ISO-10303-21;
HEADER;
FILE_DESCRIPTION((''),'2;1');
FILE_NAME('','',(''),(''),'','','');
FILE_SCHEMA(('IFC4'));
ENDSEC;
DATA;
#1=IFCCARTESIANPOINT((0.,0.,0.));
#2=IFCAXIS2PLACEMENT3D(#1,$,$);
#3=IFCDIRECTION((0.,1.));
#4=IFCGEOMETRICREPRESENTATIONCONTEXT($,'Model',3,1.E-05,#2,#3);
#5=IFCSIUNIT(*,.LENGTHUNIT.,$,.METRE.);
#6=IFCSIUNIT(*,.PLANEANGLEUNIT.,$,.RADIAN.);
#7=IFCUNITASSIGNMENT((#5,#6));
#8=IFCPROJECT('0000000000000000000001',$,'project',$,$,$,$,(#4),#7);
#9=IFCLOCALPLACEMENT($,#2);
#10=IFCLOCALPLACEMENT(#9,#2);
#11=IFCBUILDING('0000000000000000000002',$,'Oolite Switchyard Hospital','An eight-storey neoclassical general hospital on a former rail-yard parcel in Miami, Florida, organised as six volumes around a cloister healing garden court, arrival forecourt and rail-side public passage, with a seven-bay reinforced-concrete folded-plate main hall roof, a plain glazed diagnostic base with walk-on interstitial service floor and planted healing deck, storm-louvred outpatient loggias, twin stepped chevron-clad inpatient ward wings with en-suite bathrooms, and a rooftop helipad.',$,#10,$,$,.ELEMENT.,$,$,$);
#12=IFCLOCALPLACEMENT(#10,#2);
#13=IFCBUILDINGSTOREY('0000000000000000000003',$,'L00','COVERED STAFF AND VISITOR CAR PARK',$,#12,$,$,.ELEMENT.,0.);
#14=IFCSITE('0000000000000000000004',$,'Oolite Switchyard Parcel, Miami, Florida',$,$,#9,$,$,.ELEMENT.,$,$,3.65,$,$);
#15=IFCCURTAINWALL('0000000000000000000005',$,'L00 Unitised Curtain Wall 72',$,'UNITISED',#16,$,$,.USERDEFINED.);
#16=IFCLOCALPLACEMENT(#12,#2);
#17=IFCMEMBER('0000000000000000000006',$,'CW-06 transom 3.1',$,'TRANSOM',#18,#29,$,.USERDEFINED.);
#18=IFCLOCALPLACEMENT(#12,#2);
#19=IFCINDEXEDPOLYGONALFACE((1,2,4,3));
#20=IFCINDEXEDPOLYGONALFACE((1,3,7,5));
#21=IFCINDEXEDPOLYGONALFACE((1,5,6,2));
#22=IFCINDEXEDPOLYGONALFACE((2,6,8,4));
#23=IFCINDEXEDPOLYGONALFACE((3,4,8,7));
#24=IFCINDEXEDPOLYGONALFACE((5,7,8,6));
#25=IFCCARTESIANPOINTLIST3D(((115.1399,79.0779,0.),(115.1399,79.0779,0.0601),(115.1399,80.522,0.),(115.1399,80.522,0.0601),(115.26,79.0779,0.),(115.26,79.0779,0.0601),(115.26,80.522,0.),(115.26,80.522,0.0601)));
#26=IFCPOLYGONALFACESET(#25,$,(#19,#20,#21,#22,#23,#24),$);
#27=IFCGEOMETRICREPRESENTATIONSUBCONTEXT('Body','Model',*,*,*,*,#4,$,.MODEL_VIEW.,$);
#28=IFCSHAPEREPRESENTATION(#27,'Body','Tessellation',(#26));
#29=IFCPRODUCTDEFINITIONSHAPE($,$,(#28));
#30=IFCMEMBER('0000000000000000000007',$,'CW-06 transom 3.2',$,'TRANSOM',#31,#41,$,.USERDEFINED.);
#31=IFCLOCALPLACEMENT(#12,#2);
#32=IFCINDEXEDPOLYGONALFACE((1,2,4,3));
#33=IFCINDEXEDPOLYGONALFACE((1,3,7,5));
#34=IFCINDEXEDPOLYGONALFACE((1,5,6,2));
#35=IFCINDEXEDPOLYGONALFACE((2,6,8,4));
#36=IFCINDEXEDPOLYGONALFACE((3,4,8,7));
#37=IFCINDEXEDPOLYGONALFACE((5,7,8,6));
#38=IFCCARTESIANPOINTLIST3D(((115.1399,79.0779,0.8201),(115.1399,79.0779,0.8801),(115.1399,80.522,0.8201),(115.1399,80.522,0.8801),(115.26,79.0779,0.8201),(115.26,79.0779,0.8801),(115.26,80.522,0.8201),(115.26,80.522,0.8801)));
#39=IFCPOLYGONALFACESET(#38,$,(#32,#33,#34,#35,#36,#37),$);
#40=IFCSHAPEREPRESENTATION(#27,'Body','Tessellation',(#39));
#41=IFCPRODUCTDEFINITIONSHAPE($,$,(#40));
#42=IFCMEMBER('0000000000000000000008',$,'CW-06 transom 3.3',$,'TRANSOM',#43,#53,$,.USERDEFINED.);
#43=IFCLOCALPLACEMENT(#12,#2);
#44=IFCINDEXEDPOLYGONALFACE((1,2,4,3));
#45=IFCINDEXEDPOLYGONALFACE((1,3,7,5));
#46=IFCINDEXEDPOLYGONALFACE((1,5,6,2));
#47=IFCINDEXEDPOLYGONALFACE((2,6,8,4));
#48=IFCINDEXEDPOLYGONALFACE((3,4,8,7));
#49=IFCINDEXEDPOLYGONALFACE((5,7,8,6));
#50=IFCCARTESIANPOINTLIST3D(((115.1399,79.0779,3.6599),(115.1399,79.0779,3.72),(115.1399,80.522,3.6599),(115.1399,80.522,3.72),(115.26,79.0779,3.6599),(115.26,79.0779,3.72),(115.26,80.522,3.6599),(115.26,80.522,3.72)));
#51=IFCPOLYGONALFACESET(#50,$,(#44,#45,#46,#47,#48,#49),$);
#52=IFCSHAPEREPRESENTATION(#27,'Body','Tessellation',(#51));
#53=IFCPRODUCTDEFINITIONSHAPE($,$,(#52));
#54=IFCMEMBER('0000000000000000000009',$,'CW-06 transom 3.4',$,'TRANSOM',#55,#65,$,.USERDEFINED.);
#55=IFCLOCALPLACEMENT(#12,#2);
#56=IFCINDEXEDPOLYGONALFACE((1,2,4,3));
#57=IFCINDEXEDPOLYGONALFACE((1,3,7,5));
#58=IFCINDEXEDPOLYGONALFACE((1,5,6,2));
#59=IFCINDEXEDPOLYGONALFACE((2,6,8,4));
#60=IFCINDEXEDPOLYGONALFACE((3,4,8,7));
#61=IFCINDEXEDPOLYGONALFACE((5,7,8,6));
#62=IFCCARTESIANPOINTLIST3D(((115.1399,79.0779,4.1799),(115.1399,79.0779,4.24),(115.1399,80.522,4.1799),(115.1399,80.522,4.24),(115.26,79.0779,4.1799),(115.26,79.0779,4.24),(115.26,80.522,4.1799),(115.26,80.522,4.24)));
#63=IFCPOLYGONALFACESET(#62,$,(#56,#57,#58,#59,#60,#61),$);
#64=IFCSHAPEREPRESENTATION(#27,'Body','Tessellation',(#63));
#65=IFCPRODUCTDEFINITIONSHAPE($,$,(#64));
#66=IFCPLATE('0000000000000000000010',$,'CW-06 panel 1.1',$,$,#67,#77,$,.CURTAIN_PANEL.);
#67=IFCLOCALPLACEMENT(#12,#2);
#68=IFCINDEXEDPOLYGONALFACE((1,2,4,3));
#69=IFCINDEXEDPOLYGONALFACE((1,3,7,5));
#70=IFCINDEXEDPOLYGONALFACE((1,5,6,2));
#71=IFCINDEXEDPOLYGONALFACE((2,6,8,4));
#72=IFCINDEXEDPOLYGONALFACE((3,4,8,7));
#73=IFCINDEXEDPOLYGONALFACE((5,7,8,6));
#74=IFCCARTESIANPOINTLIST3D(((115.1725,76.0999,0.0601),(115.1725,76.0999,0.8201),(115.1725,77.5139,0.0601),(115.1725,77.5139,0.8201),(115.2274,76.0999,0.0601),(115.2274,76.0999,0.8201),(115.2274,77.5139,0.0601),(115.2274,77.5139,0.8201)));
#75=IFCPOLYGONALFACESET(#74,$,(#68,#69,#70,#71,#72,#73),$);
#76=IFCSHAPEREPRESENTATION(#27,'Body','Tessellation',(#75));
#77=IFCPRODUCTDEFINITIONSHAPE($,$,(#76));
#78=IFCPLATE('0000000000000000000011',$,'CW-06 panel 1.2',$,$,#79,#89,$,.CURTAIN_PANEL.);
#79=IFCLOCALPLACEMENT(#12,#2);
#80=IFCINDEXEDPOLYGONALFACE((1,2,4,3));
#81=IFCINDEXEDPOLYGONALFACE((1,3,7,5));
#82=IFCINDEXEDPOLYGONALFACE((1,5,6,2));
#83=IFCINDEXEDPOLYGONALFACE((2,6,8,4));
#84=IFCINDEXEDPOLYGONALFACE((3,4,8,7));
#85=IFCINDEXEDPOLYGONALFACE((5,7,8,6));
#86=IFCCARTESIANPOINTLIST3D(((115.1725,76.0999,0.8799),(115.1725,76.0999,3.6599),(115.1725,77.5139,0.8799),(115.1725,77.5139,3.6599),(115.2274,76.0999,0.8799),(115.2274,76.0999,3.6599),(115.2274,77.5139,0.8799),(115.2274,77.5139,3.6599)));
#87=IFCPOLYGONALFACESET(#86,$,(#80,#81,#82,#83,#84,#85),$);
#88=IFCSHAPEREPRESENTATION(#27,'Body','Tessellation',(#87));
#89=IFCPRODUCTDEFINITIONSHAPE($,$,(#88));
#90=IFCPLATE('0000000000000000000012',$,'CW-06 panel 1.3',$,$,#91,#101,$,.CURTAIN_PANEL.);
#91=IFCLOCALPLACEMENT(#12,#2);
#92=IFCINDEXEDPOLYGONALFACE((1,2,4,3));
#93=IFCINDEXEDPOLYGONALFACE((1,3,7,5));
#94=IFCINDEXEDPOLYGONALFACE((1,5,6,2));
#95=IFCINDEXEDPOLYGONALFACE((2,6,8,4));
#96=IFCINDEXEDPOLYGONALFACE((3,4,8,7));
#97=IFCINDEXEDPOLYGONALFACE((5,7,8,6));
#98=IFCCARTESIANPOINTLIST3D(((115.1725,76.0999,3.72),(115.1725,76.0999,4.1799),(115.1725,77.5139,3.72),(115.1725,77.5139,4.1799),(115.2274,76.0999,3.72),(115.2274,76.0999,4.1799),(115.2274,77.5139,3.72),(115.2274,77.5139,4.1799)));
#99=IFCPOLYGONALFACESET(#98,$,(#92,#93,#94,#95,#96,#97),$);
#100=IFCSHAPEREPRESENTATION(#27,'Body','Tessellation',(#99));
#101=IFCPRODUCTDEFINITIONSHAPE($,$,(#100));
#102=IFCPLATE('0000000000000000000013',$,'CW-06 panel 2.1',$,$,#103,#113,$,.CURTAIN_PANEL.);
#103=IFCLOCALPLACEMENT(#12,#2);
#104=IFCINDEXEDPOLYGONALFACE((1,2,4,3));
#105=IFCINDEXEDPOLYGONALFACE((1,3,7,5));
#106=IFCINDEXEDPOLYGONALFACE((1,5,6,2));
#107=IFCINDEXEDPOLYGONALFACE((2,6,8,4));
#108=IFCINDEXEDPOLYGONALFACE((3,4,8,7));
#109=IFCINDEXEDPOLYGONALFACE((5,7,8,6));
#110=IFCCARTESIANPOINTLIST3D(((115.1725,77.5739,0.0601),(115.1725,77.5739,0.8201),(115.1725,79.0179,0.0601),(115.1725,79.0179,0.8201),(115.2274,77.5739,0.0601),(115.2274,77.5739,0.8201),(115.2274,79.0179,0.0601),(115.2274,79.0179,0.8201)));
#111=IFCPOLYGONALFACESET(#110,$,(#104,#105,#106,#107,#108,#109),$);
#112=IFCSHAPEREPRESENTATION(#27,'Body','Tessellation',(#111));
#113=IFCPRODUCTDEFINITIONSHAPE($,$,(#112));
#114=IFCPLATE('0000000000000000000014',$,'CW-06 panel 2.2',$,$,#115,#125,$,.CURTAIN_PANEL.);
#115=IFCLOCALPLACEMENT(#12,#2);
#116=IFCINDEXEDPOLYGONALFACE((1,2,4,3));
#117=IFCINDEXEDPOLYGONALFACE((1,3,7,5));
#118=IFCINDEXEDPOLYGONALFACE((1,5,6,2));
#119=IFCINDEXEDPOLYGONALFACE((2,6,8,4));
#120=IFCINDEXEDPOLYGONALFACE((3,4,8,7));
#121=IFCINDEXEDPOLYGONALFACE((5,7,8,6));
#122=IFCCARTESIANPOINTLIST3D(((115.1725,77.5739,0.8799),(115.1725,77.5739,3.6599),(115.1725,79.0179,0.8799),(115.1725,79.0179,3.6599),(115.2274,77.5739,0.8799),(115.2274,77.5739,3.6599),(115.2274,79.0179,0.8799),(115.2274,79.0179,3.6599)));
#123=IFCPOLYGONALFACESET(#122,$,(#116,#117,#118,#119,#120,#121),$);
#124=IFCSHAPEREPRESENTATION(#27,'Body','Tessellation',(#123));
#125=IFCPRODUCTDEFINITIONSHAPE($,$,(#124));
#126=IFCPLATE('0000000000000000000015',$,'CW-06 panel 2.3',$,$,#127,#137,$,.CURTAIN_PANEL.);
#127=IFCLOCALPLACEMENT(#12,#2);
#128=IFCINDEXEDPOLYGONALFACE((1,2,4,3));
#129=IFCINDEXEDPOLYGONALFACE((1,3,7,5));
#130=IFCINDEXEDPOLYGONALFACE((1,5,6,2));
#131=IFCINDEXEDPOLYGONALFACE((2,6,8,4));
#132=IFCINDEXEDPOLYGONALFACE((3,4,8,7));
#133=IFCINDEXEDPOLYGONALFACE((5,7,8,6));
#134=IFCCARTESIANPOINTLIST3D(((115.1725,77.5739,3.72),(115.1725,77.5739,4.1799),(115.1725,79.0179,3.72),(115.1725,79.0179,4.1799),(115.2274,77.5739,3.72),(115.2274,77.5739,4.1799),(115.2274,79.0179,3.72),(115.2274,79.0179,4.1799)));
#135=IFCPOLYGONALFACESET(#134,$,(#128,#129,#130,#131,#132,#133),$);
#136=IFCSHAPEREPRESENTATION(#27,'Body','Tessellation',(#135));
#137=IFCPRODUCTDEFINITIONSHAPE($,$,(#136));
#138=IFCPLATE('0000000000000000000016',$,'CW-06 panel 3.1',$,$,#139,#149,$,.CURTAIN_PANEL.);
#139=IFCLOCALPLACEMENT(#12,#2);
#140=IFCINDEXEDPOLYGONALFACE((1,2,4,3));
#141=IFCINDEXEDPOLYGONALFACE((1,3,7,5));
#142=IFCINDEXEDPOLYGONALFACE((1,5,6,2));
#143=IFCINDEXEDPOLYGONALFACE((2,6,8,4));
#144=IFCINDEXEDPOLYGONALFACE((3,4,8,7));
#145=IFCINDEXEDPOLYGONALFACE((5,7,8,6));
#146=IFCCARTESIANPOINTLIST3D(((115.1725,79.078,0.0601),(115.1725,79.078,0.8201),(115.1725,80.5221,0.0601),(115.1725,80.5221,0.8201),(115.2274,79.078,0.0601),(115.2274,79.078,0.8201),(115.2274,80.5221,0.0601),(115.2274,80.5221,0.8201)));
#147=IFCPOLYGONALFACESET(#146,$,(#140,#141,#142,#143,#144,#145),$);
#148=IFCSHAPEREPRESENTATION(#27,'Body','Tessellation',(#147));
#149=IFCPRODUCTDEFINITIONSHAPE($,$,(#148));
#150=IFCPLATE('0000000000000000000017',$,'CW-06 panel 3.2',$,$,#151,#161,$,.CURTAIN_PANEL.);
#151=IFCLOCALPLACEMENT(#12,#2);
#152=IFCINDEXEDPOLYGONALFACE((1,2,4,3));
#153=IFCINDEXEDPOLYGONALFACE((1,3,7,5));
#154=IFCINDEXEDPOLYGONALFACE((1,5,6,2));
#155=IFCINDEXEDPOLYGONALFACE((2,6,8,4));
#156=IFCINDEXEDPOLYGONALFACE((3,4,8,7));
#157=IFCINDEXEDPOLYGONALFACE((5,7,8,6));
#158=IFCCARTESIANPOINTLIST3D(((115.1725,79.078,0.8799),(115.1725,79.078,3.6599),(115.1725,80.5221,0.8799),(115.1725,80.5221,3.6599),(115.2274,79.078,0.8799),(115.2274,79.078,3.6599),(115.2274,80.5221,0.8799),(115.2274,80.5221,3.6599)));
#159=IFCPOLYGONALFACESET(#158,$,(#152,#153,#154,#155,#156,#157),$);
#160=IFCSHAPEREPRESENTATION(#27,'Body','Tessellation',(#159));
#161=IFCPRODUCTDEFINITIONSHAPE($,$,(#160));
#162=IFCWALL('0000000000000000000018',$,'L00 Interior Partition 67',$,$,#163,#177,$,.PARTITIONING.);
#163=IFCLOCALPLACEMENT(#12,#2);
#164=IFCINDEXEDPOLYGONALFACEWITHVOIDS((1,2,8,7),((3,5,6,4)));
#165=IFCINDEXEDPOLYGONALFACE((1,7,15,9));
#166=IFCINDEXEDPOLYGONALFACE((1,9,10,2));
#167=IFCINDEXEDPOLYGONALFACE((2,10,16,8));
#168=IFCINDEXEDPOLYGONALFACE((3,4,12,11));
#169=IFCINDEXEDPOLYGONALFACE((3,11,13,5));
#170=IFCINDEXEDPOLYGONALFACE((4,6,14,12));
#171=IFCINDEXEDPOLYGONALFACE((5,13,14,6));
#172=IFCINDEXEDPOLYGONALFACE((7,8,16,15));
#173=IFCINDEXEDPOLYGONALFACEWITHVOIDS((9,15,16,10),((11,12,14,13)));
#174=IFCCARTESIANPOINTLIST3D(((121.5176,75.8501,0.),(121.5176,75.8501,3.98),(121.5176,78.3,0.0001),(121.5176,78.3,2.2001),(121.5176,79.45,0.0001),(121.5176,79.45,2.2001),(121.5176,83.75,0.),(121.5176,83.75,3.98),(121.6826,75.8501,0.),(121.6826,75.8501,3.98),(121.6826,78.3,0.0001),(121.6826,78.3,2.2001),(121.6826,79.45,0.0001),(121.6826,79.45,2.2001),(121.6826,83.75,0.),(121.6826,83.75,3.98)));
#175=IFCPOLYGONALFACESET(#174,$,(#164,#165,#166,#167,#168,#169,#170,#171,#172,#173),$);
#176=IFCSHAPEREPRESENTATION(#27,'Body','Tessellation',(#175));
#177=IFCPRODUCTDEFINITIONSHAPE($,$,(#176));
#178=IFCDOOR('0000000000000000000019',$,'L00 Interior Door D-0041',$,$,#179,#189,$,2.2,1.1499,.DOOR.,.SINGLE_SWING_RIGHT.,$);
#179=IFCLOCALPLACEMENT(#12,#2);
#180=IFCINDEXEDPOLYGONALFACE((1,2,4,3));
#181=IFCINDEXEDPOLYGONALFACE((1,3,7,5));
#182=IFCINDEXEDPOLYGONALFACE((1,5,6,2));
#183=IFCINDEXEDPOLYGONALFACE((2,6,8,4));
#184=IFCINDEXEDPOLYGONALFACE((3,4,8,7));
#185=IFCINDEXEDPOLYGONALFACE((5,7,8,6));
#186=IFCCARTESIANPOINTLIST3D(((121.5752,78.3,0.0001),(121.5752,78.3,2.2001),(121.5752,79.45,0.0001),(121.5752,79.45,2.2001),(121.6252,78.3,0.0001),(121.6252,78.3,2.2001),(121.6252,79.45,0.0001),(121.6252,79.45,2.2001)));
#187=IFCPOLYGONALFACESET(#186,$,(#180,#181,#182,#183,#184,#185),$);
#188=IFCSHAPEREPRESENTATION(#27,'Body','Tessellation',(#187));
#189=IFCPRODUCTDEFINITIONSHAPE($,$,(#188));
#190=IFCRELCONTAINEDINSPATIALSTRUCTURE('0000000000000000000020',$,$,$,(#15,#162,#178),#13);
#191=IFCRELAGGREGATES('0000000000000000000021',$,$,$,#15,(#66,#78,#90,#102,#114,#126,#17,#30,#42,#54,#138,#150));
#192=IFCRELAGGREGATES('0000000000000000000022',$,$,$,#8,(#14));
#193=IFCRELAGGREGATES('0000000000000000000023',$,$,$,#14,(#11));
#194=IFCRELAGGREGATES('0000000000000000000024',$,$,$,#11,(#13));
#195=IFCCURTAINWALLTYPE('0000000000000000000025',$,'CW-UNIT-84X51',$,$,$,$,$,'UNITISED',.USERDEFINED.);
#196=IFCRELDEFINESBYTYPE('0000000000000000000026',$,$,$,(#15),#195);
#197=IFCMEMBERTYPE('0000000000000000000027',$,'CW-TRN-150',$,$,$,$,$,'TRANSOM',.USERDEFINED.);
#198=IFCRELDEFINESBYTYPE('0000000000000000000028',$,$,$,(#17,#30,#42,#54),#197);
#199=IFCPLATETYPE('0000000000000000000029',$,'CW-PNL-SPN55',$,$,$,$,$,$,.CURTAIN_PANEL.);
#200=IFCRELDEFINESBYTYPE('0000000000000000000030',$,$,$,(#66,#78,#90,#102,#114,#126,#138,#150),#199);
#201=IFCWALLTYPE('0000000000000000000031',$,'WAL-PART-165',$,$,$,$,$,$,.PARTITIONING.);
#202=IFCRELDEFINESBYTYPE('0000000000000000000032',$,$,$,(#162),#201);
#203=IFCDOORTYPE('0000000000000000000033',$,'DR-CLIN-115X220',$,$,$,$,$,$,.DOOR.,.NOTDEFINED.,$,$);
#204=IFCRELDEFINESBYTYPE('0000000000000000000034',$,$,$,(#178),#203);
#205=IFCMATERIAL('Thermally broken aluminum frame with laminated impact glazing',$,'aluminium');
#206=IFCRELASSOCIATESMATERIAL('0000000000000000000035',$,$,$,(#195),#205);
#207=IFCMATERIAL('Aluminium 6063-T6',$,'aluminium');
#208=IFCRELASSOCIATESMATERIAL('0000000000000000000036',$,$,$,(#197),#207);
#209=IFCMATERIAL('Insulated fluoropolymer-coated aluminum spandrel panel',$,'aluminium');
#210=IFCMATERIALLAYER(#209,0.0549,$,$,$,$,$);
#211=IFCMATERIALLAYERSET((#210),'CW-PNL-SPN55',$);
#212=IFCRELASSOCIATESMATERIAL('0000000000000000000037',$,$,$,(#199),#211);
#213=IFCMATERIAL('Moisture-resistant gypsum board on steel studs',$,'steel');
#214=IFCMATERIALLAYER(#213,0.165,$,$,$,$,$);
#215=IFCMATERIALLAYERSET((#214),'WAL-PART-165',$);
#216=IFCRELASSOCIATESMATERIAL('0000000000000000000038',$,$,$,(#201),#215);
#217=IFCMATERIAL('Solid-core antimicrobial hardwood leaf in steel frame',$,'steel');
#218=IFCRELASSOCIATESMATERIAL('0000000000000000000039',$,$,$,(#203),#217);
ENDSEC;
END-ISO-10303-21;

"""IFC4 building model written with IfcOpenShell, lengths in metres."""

from ifc_helpers import new_model, si_unit, direction, frame, frame_2d, origin, origin_2d, place, context, subcontext, project, spatial, rectangle, extrude, material, layer, layer_set, material_profile, profile_set, type_object, element, fill, aggregate, save


model = new_model("IFC4")

# Units and contexts
model_context = context("Model", 3, precision=1e-05, world=origin(), true_north=direction((0.0, 1.0)))
body_context = subcontext(model_context, "Body", "Model", "MODEL_VIEW")
ifc_project = project(units=[si_unit("LENGTHUNIT", "METRE"), si_unit("PLANEANGLEUNIT", "RADIAN")], contexts=[model_context])

# Site, building, storey
site_placement = place(None, origin())
site = spatial("IfcSite", under=ifc_project, at=site_placement, Name="Oolite Switchyard Parcel, Miami, Florida", CompositionType="ELEMENT", RefElevation=3.65)
building_placement = place(site_placement, origin())
building = spatial("IfcBuilding", under=site, at=building_placement, Name="Oolite Switchyard Hospital", Description="An eight-storey neoclassical general hospital on a former rail-yard parcel in Miami, Florida, organised as six volumes around a cloister healing garden court, arrival forecourt and rail-side public passage, with a seven-bay reinforced-concrete folded-plate main hall roof, a plain glazed diagnostic base with walk-on interstitial service floor and planted healing deck, storm-louvred outpatient loggias, twin stepped chevron-clad inpatient ward wings with en-suite bathrooms, and a rooftop helipad.", CompositionType="ELEMENT")
storey_placement = place(building_placement, origin())
storey = spatial("IfcBuildingStorey", under=building, at=storey_placement, Name="L00", Description="COVERED STAFF AND VISITOR CAR PARK", CompositionType="ELEMENT", Elevation=0.0)

# Curtain wall, members, plates
ifc_material_1 = material(Name="Thermally broken aluminum frame with laminated impact glazing", Category="aluminium")
curtain_wall_type = type_object("IfcCurtainWallType", Name="CW-UNIT-84X51", ElementType="UNITISED", PredefinedType="USERDEFINED", material=ifc_material_1)
curtain_wall_placement = place(storey_placement, origin())
curtain_wall = element("IfcCurtainWall", 1, at=curtain_wall_placement, inside=storey, type_object=curtain_wall_type, Name="L00 Unitised Curtain Wall 72", ObjectType="UNITISED", PredefinedType="USERDEFINED")
ifc_material_2 = material(Name="Aluminium 6063-T6", Category="aluminium")
ifc_material_profile_1 = material_profile(ifc_material_2, rectangle(XDim=0.1201, YDim=0.0601, at=origin_2d()), Name="CWT60X120")
ifc_profile_set_1 = profile_set([ifc_material_profile_1], Name="Aluminium 6063-T6")
member_type_1 = type_object("IfcMemberType", Name="CW-TRN-150", ElementType="TRANSOM", PredefinedType="USERDEFINED", material=ifc_profile_set_1)
member_1_placement = place(storey_placement, frame((115.2, 79.0779, 0.03), z_axis=(0.0, 1.0, 0.0), x_axis=(-1.0, 0.0, 0.0)))
member_1 = element("IfcMember", 2, at=member_1_placement, type_object=member_type_1, Name="CW-06 transom 3.1", ObjectType="TRANSOM", PredefinedType="USERDEFINED", context=body_context, shape_type="SweptSolid", body=[
    extrude(rectangle(XDim=0.1201, YDim=0.0601, at=origin_2d()), origin(), (0.0, 0.0, 1.0), 1.4441),
])
member_2_placement = place(storey_placement, frame((115.2, 79.0779, 0.8501), z_axis=(0.0, 1.0, 0.0), x_axis=(-1.0, 0.0, 0.0)))
member_2 = element("IfcMember", 3, at=member_2_placement, type_object=member_type_1, Name="CW-06 transom 3.2", ObjectType="TRANSOM", PredefinedType="USERDEFINED", context=body_context, shape_type="SweptSolid", body=[
    extrude(rectangle(XDim=0.1201, YDim=0.0601, at=origin_2d()), origin(), (0.0, 0.0, 1.0), 1.4441),
])
member_3_placement = place(storey_placement, frame((115.2, 79.0779, 3.6899), z_axis=(0.0, 1.0, 0.0), x_axis=(-1.0, 0.0, 0.0)))
member_3 = element("IfcMember", 4, at=member_3_placement, type_object=member_type_1, Name="CW-06 transom 3.3", ObjectType="TRANSOM", PredefinedType="USERDEFINED", context=body_context, shape_type="SweptSolid", body=[
    extrude(rectangle(XDim=0.1201, YDim=0.0601, at=origin_2d()), origin(), (0.0, 0.0, 1.0), 1.4441),
])
member_4_placement = place(storey_placement, frame((115.2, 79.0779, 4.21), z_axis=(0.0, 1.0, 0.0), x_axis=(-1.0, 0.0, 0.0)))
member_4 = element("IfcMember", 5, at=member_4_placement, type_object=member_type_1, Name="CW-06 transom 3.4", ObjectType="TRANSOM", PredefinedType="USERDEFINED", context=body_context, shape_type="SweptSolid", body=[
    extrude(rectangle(XDim=0.1201, YDim=0.0601, at=origin_2d()), origin(), (0.0, 0.0, 1.0), 1.4441),
])
ifc_material_3 = material(Name="Insulated fluoropolymer-coated aluminum spandrel panel", Category="aluminium")
ifc_layer_1 = layer(ifc_material_3, 0.0549)
ifc_layer_set_1 = layer_set([ifc_layer_1], Name="CW-PNL-SPN55")
plate_type = type_object("IfcPlateType", Name="CW-PNL-SPN55", PredefinedType="CURTAIN_PANEL", material=ifc_layer_set_1)
plate_1_placement = place(storey_placement, frame((115.2, 76.8069, 0.0601), z_axis=(0.0, 0.0, 1.0), x_axis=(0.0, 1.0, 0.0)))
plate_1 = element("IfcPlate", 6, at=plate_1_placement, type_object=plate_type, Name="CW-06 panel 1.1", PredefinedType="CURTAIN_PANEL", context=body_context, shape_type="SweptSolid", body=[
    extrude(rectangle(XDim=1.4141, YDim=0.0549, at=origin_2d()), origin(), (0.0, 0.0, 1.0), 0.76),
])
plate_2_placement = place(storey_placement, frame((115.2, 76.8069, 0.8799), z_axis=(0.0, 0.0, 1.0), x_axis=(0.0, 1.0, 0.0)))
plate_2 = element("IfcPlate", 7, at=plate_2_placement, type_object=plate_type, Name="CW-06 panel 1.2", PredefinedType="CURTAIN_PANEL", context=body_context, shape_type="SweptSolid", body=[
    extrude(rectangle(XDim=1.4141, YDim=0.0549, at=origin_2d()), origin(), (0.0, 0.0, 1.0), 2.78),
])
plate_3_placement = place(storey_placement, frame((115.2, 76.8069, 3.72), z_axis=(0.0, 0.0, 1.0), x_axis=(0.0, 1.0, 0.0)))
plate_3 = element("IfcPlate", 8, at=plate_3_placement, type_object=plate_type, Name="CW-06 panel 1.3", PredefinedType="CURTAIN_PANEL", context=body_context, shape_type="SweptSolid", body=[
    extrude(rectangle(XDim=1.4141, YDim=0.0549, at=origin_2d()), origin(), (0.0, 0.0, 1.0), 0.46),
])
plate_4_placement = place(storey_placement, frame((115.2, 78.2959, 0.0601), z_axis=(0.0, 0.0, 1.0), x_axis=(0.0, 1.0, 0.0)))
plate_4 = element("IfcPlate", 9, at=plate_4_placement, type_object=plate_type, Name="CW-06 panel 2.1", PredefinedType="CURTAIN_PANEL", context=body_context, shape_type="SweptSolid", body=[
    extrude(rectangle(XDim=1.4441, YDim=0.0549, at=origin_2d()), origin(), (0.0, 0.0, 1.0), 0.76),
])
plate_5_placement = place(storey_placement, frame((115.2, 78.2959, 0.8799), z_axis=(0.0, 0.0, 1.0), x_axis=(0.0, 1.0, 0.0)))
plate_5 = element("IfcPlate", 10, at=plate_5_placement, type_object=plate_type, Name="CW-06 panel 2.2", PredefinedType="CURTAIN_PANEL", context=body_context, shape_type="SweptSolid", body=[
    extrude(rectangle(XDim=1.4441, YDim=0.0549, at=origin_2d()), origin(), (0.0, 0.0, 1.0), 2.78),
])
plate_6_placement = place(storey_placement, frame((115.2, 78.2959, 3.72), z_axis=(0.0, 0.0, 1.0), x_axis=(0.0, 1.0, 0.0)))
plate_6 = element("IfcPlate", 11, at=plate_6_placement, type_object=plate_type, Name="CW-06 panel 2.3", PredefinedType="CURTAIN_PANEL", context=body_context, shape_type="SweptSolid", body=[
    extrude(rectangle(XDim=1.4441, YDim=0.0549, at=origin_2d()), origin(), (0.0, 0.0, 1.0), 0.46),
])
plate_7_placement = place(storey_placement, frame((115.2, 79.8, 0.0601), z_axis=(0.0, 0.0, 1.0), x_axis=(0.0, 1.0, 0.0)))
plate_7 = element("IfcPlate", 12, at=plate_7_placement, type_object=plate_type, Name="CW-06 panel 3.1", PredefinedType="CURTAIN_PANEL", context=body_context, shape_type="SweptSolid", body=[
    extrude(rectangle(XDim=1.4441, YDim=0.0549, at=origin_2d()), origin(), (0.0, 0.0, 1.0), 0.76),
])
plate_8_placement = place(storey_placement, frame((115.2, 79.8, 0.8799), z_axis=(0.0, 0.0, 1.0), x_axis=(0.0, 1.0, 0.0)))
plate_8 = element("IfcPlate", 13, at=plate_8_placement, type_object=plate_type, Name="CW-06 panel 3.2", PredefinedType="CURTAIN_PANEL", context=body_context, shape_type="SweptSolid", body=[
    extrude(rectangle(XDim=1.4441, YDim=0.0549, at=origin_2d()), origin(), (0.0, 0.0, 1.0), 2.78),
])
aggregate(curtain_wall, [plate_1, plate_2, plate_3, plate_4, plate_5, plate_6, member_1, member_2, member_3, member_4, plate_7, plate_8])

# Wall, opening, door
ifc_material_4 = material(Name="Moisture-resistant gypsum board on steel studs", Category="steel")
ifc_layer_2 = layer(ifc_material_4, 0.165)
ifc_layer_set_2 = layer_set([ifc_layer_2], Name="WAL-PART-165")
wall_type = type_object("IfcWallType", Name="WAL-PART-165", PredefinedType="PARTITIONING", material=ifc_layer_set_2)
wall_placement = place(storey_placement, frame((121.6001, 75.8501, 0.0), z_axis=(0.0, 0.0, 1.0), x_axis=(0.0, 1.0, 0.0)))
wall = element("IfcWall", 14, at=wall_placement, inside=storey, type_object=wall_type, Name="L00 Interior Partition 67", PredefinedType="PARTITIONING", context=body_context, shape_type="SweptSolid", body=[
    extrude(rectangle(XDim=7.8999, YDim=0.165, at=frame_2d((3.95, 0.0))), origin(), (0.0, 0.0, 1.0), 3.98),
])
opening_placement = place(wall_placement, frame((2.45, 0.0, 0.0)))
opening = element("IfcOpeningElement", 15, at=opening_placement, cuts=wall, PredefinedType="OPENING", context=body_context, shape_type="SweptSolid", body=[
    extrude(rectangle(XDim=1.1499, YDim=2.2, at=frame_2d((0.575, 1.1001))), frame((0.0, 0.0925, 0.0), z_axis=(0.0, -1.0, 0.0), x_axis=(1.0, 0.0, 0.0)), (0.0, 0.0, 1.0), 0.1851),
])
ifc_material_5 = material(Name="Solid-core antimicrobial hardwood leaf in steel frame", Category="steel")
door_type = type_object("IfcDoorType", Name="DR-CLIN-115X220", OperationType="NOTDEFINED", PredefinedType="DOOR", material=ifc_material_5)
door_placement = place(opening_placement, origin())
door = element("IfcDoor", 16, at=door_placement, inside=storey, type_object=door_type, Name="L00 Interior Door D-0041", OperationType="SINGLE_SWING_RIGHT", OverallHeight=2.2, OverallWidth=1.1499, PredefinedType="DOOR", context=body_context, shape_type="SweptSolid", body=[
    extrude(rectangle(XDim=1.1499, YDim=2.2, at=frame_2d((0.575, 1.1001))), frame((0.0, 0.0249, 0.0), z_axis=(0.0, -1.0, 0.0), x_axis=(1.0, 0.0, 0.0)), (0.0, 0.0, 1.0), 0.05),
])
fill(opening, door)

save(model, "model.ifc")
